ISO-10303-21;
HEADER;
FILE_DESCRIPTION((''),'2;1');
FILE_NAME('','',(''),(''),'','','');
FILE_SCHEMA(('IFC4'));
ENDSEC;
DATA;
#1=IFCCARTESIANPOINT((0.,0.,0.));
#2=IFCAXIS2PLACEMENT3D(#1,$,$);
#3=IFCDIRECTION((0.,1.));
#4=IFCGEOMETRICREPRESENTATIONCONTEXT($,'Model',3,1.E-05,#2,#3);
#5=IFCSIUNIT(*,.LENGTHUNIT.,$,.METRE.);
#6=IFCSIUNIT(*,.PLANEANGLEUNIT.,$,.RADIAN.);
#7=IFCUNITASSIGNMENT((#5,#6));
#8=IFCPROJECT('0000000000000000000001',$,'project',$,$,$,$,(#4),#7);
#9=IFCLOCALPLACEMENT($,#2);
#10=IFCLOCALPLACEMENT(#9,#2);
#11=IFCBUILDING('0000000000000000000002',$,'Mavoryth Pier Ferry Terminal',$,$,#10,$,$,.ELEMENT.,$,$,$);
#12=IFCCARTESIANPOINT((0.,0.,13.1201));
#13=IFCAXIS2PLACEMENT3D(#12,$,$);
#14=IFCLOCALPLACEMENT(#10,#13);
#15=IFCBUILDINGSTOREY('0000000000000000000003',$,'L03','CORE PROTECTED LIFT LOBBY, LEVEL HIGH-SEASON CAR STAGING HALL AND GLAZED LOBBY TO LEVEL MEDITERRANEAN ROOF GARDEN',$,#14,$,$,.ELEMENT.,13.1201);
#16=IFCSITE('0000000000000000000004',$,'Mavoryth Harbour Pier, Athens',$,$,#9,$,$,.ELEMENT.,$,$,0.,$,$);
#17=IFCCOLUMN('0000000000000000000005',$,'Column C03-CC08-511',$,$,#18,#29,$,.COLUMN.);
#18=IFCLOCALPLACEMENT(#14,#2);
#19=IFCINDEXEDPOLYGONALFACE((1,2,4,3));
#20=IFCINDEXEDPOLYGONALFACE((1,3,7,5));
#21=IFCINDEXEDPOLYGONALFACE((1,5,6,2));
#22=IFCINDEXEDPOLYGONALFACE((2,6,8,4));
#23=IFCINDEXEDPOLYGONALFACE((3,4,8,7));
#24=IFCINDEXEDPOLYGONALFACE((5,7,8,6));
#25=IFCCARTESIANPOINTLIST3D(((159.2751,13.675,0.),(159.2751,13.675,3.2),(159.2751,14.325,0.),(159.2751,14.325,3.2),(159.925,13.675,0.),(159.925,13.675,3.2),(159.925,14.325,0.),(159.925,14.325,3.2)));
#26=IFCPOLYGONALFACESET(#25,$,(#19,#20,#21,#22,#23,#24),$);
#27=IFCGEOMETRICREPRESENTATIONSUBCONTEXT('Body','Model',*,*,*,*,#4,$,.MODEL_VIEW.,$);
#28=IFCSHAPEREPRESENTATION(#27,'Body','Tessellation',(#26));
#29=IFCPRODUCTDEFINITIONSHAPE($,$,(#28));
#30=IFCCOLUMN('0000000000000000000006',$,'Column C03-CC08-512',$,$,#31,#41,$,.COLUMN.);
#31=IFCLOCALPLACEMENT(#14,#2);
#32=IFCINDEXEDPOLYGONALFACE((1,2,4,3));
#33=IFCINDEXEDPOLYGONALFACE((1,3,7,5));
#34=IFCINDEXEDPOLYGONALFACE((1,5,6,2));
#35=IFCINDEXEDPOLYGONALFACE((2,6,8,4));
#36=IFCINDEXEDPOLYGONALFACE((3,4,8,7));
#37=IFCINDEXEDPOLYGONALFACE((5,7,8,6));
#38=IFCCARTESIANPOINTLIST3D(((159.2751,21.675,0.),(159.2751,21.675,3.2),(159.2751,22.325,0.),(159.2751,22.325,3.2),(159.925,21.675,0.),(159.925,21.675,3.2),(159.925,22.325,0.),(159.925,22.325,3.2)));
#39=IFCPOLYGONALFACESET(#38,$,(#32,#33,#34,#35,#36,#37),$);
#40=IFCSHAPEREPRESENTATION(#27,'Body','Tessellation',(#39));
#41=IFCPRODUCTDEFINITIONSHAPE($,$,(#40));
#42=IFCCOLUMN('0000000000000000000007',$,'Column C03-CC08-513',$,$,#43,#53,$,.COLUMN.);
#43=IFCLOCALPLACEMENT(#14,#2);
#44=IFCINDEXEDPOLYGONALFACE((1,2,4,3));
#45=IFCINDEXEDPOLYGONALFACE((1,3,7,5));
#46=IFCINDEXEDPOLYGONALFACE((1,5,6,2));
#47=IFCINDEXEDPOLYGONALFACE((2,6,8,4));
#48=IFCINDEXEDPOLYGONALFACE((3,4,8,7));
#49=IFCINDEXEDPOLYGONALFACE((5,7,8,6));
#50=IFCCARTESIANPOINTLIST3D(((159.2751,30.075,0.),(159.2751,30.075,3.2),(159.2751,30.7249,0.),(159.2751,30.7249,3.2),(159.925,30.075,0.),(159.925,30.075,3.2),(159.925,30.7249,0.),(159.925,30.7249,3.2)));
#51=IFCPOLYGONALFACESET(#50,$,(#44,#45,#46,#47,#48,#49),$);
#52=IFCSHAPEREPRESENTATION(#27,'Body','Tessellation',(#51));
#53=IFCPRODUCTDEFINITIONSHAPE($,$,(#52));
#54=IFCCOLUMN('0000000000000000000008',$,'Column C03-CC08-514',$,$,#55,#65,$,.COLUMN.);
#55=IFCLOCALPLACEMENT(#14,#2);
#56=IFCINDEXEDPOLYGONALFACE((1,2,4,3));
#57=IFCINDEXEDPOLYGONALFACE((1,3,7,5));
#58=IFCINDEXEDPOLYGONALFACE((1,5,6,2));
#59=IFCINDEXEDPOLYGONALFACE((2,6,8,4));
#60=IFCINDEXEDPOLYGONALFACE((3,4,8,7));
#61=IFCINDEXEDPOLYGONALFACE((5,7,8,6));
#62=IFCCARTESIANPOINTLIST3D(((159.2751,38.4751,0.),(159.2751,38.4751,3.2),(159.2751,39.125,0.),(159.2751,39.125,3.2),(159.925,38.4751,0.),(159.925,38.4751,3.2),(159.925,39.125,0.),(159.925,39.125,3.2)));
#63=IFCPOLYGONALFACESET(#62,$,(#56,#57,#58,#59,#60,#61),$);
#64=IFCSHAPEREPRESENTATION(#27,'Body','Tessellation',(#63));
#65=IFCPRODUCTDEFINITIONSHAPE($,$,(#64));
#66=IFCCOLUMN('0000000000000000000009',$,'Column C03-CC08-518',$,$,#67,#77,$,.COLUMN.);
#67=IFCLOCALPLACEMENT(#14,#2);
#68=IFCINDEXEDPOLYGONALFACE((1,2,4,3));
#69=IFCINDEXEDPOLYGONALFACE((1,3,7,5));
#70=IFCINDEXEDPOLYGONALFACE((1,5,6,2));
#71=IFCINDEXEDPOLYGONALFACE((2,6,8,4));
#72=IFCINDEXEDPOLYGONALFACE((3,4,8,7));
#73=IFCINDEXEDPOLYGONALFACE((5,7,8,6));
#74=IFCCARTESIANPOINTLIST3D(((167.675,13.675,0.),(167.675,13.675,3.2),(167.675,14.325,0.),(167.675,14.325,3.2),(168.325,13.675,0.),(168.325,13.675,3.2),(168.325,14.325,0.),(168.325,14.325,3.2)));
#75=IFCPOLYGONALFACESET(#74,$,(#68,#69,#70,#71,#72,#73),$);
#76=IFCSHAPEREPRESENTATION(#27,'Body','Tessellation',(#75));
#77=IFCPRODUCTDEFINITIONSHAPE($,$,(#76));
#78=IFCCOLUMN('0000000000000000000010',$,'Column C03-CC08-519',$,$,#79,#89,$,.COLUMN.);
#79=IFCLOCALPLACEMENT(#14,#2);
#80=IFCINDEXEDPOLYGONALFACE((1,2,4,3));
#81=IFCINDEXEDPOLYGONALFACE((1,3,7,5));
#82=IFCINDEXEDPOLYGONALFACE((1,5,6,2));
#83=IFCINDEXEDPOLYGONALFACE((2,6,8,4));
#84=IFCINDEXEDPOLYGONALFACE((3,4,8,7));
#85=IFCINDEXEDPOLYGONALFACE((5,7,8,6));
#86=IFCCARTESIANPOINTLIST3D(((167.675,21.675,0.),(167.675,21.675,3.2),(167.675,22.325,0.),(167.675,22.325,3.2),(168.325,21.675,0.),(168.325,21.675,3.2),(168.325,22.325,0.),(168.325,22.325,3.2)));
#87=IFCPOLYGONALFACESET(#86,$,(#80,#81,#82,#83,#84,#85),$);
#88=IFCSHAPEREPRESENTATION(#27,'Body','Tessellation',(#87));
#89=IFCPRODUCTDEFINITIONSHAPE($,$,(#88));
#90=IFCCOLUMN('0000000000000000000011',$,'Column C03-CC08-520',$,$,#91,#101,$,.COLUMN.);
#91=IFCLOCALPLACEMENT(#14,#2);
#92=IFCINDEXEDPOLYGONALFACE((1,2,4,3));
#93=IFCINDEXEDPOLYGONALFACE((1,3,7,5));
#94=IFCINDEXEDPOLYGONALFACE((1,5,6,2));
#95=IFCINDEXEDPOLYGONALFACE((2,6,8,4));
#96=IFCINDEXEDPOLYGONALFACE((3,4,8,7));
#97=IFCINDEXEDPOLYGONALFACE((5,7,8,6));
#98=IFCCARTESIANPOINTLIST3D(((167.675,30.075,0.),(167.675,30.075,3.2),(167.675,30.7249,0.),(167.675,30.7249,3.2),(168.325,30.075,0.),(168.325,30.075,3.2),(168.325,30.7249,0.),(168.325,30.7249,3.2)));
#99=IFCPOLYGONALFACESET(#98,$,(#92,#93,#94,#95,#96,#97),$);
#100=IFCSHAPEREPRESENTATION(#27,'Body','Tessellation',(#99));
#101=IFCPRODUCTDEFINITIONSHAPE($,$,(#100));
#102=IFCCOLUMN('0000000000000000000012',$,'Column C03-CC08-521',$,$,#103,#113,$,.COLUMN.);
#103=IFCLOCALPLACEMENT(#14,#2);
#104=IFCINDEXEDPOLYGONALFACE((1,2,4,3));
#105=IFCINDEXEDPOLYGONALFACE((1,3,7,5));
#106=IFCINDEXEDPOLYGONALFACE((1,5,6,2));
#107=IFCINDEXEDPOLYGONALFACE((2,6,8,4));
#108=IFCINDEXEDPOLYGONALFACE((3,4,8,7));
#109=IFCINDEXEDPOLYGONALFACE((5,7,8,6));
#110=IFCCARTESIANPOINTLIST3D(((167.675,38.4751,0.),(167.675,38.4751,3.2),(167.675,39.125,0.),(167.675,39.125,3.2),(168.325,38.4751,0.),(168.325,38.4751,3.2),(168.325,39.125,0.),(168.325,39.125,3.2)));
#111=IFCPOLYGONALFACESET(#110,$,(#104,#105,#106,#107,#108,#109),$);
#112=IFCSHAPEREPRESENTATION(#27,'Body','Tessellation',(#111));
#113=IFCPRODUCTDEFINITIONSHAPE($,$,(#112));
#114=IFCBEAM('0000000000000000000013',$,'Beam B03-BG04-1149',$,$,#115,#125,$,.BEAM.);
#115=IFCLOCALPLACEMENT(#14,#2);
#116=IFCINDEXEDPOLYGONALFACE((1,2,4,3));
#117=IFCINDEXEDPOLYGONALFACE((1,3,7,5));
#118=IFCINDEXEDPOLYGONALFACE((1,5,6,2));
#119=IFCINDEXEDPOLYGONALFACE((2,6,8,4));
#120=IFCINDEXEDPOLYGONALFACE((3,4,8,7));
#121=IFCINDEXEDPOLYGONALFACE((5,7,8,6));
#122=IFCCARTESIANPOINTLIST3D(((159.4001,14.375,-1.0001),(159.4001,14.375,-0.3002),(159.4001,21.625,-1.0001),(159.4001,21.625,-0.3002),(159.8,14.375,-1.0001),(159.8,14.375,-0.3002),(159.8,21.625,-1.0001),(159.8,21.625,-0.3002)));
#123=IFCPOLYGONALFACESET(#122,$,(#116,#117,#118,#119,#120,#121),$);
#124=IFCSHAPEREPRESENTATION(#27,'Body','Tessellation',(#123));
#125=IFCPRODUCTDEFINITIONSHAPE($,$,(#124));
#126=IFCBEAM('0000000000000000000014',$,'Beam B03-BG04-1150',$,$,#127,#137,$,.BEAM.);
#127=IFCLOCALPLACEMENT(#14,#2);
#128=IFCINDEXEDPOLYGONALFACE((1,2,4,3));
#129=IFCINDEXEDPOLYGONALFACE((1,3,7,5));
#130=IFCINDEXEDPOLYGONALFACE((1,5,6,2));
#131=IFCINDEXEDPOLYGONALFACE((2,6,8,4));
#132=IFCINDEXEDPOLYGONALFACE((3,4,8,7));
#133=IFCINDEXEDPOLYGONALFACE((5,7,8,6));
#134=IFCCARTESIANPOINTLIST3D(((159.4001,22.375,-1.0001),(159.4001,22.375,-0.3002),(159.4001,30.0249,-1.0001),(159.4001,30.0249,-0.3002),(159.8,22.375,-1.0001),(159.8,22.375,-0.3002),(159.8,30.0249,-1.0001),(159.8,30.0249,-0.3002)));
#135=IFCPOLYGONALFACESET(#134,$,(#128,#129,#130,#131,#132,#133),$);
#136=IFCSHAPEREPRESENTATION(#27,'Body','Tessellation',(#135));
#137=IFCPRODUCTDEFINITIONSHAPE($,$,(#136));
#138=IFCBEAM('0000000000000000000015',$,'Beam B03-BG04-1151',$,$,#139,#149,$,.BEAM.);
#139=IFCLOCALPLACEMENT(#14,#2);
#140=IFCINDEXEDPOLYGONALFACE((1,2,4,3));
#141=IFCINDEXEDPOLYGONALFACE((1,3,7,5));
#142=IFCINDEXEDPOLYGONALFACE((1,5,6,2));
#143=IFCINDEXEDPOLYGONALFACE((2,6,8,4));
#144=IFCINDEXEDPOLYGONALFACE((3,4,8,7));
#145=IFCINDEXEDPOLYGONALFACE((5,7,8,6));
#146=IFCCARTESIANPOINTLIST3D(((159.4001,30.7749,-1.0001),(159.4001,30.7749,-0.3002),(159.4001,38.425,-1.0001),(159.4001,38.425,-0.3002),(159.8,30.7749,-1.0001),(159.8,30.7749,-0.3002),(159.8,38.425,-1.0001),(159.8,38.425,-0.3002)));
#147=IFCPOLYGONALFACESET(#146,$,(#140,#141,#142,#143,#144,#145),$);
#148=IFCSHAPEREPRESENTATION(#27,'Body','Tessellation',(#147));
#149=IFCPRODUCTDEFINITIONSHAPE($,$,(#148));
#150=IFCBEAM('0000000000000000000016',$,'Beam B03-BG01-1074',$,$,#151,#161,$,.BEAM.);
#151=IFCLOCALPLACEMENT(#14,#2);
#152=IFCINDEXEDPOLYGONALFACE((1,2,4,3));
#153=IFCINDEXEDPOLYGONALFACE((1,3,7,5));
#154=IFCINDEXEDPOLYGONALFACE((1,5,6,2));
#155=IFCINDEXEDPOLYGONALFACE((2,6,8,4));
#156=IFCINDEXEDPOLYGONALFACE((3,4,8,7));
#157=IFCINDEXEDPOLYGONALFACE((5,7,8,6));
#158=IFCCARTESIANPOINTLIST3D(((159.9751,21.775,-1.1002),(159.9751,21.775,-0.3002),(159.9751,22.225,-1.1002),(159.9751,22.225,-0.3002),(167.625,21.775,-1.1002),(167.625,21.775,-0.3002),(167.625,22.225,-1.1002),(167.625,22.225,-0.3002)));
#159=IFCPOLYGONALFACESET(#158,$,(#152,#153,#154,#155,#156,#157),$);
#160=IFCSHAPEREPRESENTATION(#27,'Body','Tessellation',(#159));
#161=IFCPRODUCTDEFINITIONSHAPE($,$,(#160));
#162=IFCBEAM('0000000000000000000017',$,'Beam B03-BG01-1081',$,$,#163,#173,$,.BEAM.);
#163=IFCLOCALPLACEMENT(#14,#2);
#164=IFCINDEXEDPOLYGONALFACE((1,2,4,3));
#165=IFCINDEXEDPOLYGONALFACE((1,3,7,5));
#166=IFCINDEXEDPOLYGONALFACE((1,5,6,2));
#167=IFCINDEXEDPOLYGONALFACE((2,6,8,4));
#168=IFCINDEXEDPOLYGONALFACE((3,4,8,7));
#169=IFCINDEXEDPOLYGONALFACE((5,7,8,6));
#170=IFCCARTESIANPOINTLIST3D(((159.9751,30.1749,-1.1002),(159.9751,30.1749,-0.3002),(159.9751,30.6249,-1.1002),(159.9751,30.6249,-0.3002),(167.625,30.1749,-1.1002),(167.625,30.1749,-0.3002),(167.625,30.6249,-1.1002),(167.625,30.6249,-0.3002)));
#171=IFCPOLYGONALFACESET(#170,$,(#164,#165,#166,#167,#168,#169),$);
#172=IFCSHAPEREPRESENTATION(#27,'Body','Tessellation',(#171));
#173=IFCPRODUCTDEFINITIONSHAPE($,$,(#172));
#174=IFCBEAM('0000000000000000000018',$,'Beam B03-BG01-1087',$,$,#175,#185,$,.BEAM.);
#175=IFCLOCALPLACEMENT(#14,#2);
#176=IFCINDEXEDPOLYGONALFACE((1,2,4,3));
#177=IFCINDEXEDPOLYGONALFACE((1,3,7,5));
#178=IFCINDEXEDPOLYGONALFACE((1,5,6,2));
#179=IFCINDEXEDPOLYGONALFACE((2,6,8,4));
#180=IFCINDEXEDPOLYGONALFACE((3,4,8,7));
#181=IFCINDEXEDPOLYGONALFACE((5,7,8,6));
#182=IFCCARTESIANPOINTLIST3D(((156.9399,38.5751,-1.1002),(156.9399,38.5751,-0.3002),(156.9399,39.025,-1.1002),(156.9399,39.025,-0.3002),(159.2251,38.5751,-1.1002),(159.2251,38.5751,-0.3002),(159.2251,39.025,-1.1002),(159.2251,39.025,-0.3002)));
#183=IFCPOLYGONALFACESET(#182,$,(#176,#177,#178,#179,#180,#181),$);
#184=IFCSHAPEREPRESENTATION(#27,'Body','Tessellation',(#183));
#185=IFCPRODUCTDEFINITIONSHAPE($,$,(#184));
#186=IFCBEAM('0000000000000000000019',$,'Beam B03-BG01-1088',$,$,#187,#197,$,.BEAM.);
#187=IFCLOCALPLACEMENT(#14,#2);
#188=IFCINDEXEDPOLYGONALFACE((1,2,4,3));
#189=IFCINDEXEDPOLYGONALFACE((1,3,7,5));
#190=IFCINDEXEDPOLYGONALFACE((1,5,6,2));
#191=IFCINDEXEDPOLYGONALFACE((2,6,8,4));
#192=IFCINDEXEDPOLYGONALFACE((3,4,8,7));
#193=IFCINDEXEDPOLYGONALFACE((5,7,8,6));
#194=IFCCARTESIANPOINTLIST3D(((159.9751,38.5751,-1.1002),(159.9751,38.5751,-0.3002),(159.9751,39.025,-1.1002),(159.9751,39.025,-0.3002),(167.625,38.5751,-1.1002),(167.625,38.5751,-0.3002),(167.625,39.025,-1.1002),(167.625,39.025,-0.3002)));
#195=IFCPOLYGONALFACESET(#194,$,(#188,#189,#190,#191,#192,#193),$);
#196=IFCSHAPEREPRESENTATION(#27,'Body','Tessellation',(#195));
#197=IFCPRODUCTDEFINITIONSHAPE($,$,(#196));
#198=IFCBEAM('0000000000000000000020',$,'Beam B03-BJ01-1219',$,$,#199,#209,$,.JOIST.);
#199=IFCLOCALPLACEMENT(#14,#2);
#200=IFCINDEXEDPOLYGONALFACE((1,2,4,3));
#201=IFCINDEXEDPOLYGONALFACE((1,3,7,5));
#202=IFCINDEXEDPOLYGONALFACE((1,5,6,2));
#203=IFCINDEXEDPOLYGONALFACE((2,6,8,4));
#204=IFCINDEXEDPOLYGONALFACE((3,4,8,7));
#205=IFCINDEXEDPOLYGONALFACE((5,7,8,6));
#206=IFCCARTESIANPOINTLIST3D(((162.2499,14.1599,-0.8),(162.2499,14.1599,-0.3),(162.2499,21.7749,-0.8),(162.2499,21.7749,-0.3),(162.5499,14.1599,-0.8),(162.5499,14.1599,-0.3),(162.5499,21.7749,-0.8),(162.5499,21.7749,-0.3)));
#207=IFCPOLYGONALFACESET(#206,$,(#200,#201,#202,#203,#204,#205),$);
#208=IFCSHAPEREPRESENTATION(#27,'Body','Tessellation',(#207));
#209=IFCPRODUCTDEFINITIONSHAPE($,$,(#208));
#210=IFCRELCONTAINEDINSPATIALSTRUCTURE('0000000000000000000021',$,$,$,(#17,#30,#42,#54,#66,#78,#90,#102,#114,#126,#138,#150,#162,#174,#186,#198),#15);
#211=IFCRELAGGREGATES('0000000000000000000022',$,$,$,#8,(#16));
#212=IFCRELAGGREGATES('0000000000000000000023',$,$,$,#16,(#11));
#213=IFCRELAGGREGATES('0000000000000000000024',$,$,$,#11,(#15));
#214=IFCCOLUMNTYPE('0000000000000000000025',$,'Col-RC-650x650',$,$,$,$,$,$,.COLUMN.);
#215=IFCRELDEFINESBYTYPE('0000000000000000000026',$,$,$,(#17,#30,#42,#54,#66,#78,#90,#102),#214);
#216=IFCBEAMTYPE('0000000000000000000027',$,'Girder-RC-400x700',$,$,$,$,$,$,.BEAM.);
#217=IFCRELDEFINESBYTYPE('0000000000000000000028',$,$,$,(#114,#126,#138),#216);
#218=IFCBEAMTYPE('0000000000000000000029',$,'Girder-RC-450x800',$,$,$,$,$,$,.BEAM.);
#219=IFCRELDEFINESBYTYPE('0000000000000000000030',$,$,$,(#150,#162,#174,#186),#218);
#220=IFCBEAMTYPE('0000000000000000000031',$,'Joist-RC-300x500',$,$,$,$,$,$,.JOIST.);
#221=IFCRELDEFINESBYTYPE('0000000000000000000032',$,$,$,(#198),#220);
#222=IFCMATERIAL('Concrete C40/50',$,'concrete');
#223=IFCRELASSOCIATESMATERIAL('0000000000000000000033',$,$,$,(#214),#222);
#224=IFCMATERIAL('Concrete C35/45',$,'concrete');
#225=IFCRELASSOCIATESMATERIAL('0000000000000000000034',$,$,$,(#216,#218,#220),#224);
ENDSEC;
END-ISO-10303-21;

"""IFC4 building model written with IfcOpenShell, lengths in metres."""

from ifc_helpers import new_model, si_unit, direction, frame, origin, origin_2d, place, context, subcontext, project, spatial, rectangle, extrude, material, material_profile, profile_set, type_object, element, save


model = new_model("IFC4")

# Units and contexts
model_context = context("Model", 3, precision=1e-05, world=origin(), true_north=direction((0.0, 1.0)))
body_context = subcontext(model_context, "Body", "Model", "MODEL_VIEW")
ifc_project = project(units=[si_unit("LENGTHUNIT", "METRE"), si_unit("PLANEANGLEUNIT", "RADIAN")], contexts=[model_context])

# Site, building, storey
site_placement = place(None, origin())
site = spatial("IfcSite", under=ifc_project, at=site_placement, Name="Mavoryth Harbour Pier, Athens", CompositionType="ELEMENT", RefElevation=0.0)
building_placement = place(site_placement, origin())
building = spatial("IfcBuilding", under=site, at=building_placement, Name="Mavoryth Pier Ferry Terminal", CompositionType="ELEMENT")
storey_placement = place(building_placement, frame((0.0, 0.0, 13.1201)))
storey = spatial("IfcBuildingStorey", under=building, at=storey_placement, Name="L03", Description="CORE PROTECTED LIFT LOBBY, LEVEL HIGH-SEASON CAR STAGING HALL AND GLAZED LOBBY TO LEVEL MEDITERRANEAN ROOF GARDEN", CompositionType="ELEMENT", Elevation=13.1201)

# Columns
ifc_material_1 = material(Name="Concrete C40/50", Category="concrete")
ifc_material_profile_1 = material_profile(ifc_material_1, rectangle(XDim=0.6499, YDim=0.6499, at=origin_2d()), Name="RC 650x650", Category="concrete")
ifc_profile_set_1 = profile_set([ifc_material_profile_1], Name="Concrete C40/50 - RC 650x650")
column_type = type_object("IfcColumnType", Name="Col-RC-650x650", PredefinedType="COLUMN", material=ifc_profile_set_1)
for number, where, z_axis, x_axis, name in (
    (1, (159.6001, 14.0, 0.0), (0.0, 0.0, 1.0), (1.0, 0.0, 0.0), "Column C03-CC08-511"),
    (2, (159.6001, 22.0, 0.0), (0.0, 0.0, 1.0), (1.0, 0.0, 0.0), "Column C03-CC08-512"),
    (3, (159.6001, 30.3999, 0.0), (0.0, 0.0, 1.0), (1.0, 0.0, 0.0), "Column C03-CC08-513"),
    (4, (159.6001, 38.8, 0.0), (0.0, 0.0, 1.0), (1.0, 0.0, 0.0), "Column C03-CC08-514"),
    (5, (168.0, 14.0, 0.0), (0.0, 0.0, 1.0), (1.0, 0.0, 0.0), "Column C03-CC08-518"),
    (6, (168.0, 22.0, 0.0), (0.0, 0.0, 1.0), (1.0, 0.0, 0.0), "Column C03-CC08-519"),
    (7, (168.0, 30.3999, 0.0), (0.0, 0.0, 1.0), (1.0, 0.0, 0.0), "Column C03-CC08-520"),
    (8, (168.0, 38.8, 0.0), (0.0, 0.0, 1.0), (1.0, 0.0, 0.0), "Column C03-CC08-521"),
):
    element("IfcColumn", number, at=place(storey_placement, frame(where, z_axis=z_axis, x_axis=x_axis)), inside=storey, type_object=column_type, Name=name, PredefinedType="COLUMN", context=body_context, shape_type="SweptSolid", body=[
        extrude(rectangle(XDim=0.6499, YDim=0.6499, at=origin_2d()), origin(), (0.0, 0.0, 1.0), 3.2),
    ])

# Beams
ifc_material_2 = material(Name="Concrete C35/45", Category="concrete")
ifc_material_profile_2 = material_profile(ifc_material_2, rectangle(XDim=0.3999, YDim=0.7, at=origin_2d()), Name="RC 400x700", Category="concrete")
ifc_profile_set_2 = profile_set([ifc_material_profile_2], Name="Concrete C35/45 - RC 400x700")
beam_type_1 = type_object("IfcBeamType", Name="Girder-RC-400x700", PredefinedType="BEAM", material=ifc_profile_set_2)
beam_1_placement = place(storey_placement, frame((159.6001, 14.375, -0.6501), z_axis=(0.0, 1.0, 0.0), x_axis=(-1.0, 0.0, 0.0)))
element("IfcBeam", 9, at=beam_1_placement, inside=storey, type_object=beam_type_1, Name="Beam B03-BG04-1149", PredefinedType="BEAM", context=body_context, shape_type="SweptSolid", body=[
    extrude(rectangle(XDim=0.3999, YDim=0.7, at=origin_2d()), origin(), (0.0, 0.0, 1.0), 7.25),
])
beam_2_placement = place(storey_placement, frame((159.6001, 22.375, -0.6501), z_axis=(0.0, 1.0, 0.0), x_axis=(-1.0, 0.0, 0.0)))
element("IfcBeam", 10, at=beam_2_placement, inside=storey, type_object=beam_type_1, Name="Beam B03-BG04-1150", PredefinedType="BEAM", context=body_context, shape_type="SweptSolid", body=[
    extrude(rectangle(XDim=0.3999, YDim=0.7, at=origin_2d()), origin(), (0.0, 0.0, 1.0), 7.6499),
])
beam_3_placement = place(storey_placement, frame((159.6001, 30.7749, -0.6501), z_axis=(0.0, 1.0, 0.0), x_axis=(-1.0, 0.0, 0.0)))
element("IfcBeam", 11, at=beam_3_placement, inside=storey, type_object=beam_type_1, Name="Beam B03-BG04-1151", PredefinedType="BEAM", context=body_context, shape_type="SweptSolid", body=[
    extrude(rectangle(XDim=0.3999, YDim=0.7, at=origin_2d()), origin(), (0.0, 0.0, 1.0), 7.6501),
])
ifc_material_profile_3 = material_profile(ifc_material_2, rectangle(XDim=0.45, YDim=0.8, at=origin_2d()), Name="RC 450x800", Category="concrete")
ifc_profile_set_3 = profile_set([ifc_material_profile_3], Name="Concrete C35/45 - RC 450x800")
beam_type_2 = type_object("IfcBeamType", Name="Girder-RC-450x800", PredefinedType="BEAM", material=ifc_profile_set_3)
for number, where, z_axis, x_axis, name in (
    (12, (159.9751, 22.0, -0.7002), (1.0, 0.0, 0.0), (0.0, 1.0, 0.0), "Beam B03-BG01-1074"),
    (13, (159.9751, 30.3999, -0.7002), (1.0, 0.0, 0.0), (0.0, 1.0, 0.0), "Beam B03-BG01-1081"),
):
    element("IfcBeam", number, at=place(storey_placement, frame(where, z_axis=z_axis, x_axis=x_axis)), inside=storey, type_object=beam_type_2, Name=name, PredefinedType="BEAM", context=body_context, shape_type="SweptSolid", body=[
        extrude(rectangle(XDim=0.45, YDim=0.8, at=origin_2d()), origin(), (0.0, 0.0, 1.0), 7.6499),
    ])
beam_4_placement = place(storey_placement, frame((156.9399, 38.8, -0.7002), z_axis=(1.0, 0.0, 0.0), x_axis=(0.0, 1.0, 0.0)))
element("IfcBeam", 14, at=beam_4_placement, inside=storey, type_object=beam_type_2, Name="Beam B03-BG01-1087", PredefinedType="BEAM", context=body_context, shape_type="SweptSolid", body=[
    extrude(rectangle(XDim=0.45, YDim=0.8, at=origin_2d()), origin(), (0.0, 0.0, 1.0), 2.2852),
])
beam_5_placement = place(storey_placement, frame((159.9751, 38.8, -0.7002), z_axis=(1.0, 0.0, 0.0), x_axis=(0.0, 1.0, 0.0)))
element("IfcBeam", 15, at=beam_5_placement, inside=storey, type_object=beam_type_2, Name="Beam B03-BG01-1088", PredefinedType="BEAM", context=body_context, shape_type="SweptSolid", body=[
    extrude(rectangle(XDim=0.45, YDim=0.8, at=origin_2d()), origin(), (0.0, 0.0, 1.0), 7.6499),
])
ifc_material_profile_4 = material_profile(ifc_material_2, rectangle(XDim=0.3, YDim=0.5, at=origin_2d()), Name="RC 300x500", Category="concrete")
ifc_profile_set_4 = profile_set([ifc_material_profile_4], Name="Concrete C35/45 - RC 300x500")
beam_type_3 = type_object("IfcBeamType", Name="Joist-RC-300x500", PredefinedType="JOIST", material=ifc_profile_set_4)
for number, where, z_axis, x_axis, name in (
    (16, (162.3999, 14.1599, -0.55), (0.0, 1.0, 0.0), (-1.0, 0.0, 0.0), "Beam B03-BJ01-1219"),
):
    element("IfcBeam", number, at=place(storey_placement, frame(where, z_axis=z_axis, x_axis=x_axis)), inside=storey, type_object=beam_type_3, Name=name, PredefinedType="JOIST", context=body_context, shape_type="SweptSolid", body=[
        extrude(rectangle(XDim=0.3, YDim=0.5, at=origin_2d()), origin(), (0.0, 0.0, 1.0), 7.615),
    ])

save(model, "model.ifc")
